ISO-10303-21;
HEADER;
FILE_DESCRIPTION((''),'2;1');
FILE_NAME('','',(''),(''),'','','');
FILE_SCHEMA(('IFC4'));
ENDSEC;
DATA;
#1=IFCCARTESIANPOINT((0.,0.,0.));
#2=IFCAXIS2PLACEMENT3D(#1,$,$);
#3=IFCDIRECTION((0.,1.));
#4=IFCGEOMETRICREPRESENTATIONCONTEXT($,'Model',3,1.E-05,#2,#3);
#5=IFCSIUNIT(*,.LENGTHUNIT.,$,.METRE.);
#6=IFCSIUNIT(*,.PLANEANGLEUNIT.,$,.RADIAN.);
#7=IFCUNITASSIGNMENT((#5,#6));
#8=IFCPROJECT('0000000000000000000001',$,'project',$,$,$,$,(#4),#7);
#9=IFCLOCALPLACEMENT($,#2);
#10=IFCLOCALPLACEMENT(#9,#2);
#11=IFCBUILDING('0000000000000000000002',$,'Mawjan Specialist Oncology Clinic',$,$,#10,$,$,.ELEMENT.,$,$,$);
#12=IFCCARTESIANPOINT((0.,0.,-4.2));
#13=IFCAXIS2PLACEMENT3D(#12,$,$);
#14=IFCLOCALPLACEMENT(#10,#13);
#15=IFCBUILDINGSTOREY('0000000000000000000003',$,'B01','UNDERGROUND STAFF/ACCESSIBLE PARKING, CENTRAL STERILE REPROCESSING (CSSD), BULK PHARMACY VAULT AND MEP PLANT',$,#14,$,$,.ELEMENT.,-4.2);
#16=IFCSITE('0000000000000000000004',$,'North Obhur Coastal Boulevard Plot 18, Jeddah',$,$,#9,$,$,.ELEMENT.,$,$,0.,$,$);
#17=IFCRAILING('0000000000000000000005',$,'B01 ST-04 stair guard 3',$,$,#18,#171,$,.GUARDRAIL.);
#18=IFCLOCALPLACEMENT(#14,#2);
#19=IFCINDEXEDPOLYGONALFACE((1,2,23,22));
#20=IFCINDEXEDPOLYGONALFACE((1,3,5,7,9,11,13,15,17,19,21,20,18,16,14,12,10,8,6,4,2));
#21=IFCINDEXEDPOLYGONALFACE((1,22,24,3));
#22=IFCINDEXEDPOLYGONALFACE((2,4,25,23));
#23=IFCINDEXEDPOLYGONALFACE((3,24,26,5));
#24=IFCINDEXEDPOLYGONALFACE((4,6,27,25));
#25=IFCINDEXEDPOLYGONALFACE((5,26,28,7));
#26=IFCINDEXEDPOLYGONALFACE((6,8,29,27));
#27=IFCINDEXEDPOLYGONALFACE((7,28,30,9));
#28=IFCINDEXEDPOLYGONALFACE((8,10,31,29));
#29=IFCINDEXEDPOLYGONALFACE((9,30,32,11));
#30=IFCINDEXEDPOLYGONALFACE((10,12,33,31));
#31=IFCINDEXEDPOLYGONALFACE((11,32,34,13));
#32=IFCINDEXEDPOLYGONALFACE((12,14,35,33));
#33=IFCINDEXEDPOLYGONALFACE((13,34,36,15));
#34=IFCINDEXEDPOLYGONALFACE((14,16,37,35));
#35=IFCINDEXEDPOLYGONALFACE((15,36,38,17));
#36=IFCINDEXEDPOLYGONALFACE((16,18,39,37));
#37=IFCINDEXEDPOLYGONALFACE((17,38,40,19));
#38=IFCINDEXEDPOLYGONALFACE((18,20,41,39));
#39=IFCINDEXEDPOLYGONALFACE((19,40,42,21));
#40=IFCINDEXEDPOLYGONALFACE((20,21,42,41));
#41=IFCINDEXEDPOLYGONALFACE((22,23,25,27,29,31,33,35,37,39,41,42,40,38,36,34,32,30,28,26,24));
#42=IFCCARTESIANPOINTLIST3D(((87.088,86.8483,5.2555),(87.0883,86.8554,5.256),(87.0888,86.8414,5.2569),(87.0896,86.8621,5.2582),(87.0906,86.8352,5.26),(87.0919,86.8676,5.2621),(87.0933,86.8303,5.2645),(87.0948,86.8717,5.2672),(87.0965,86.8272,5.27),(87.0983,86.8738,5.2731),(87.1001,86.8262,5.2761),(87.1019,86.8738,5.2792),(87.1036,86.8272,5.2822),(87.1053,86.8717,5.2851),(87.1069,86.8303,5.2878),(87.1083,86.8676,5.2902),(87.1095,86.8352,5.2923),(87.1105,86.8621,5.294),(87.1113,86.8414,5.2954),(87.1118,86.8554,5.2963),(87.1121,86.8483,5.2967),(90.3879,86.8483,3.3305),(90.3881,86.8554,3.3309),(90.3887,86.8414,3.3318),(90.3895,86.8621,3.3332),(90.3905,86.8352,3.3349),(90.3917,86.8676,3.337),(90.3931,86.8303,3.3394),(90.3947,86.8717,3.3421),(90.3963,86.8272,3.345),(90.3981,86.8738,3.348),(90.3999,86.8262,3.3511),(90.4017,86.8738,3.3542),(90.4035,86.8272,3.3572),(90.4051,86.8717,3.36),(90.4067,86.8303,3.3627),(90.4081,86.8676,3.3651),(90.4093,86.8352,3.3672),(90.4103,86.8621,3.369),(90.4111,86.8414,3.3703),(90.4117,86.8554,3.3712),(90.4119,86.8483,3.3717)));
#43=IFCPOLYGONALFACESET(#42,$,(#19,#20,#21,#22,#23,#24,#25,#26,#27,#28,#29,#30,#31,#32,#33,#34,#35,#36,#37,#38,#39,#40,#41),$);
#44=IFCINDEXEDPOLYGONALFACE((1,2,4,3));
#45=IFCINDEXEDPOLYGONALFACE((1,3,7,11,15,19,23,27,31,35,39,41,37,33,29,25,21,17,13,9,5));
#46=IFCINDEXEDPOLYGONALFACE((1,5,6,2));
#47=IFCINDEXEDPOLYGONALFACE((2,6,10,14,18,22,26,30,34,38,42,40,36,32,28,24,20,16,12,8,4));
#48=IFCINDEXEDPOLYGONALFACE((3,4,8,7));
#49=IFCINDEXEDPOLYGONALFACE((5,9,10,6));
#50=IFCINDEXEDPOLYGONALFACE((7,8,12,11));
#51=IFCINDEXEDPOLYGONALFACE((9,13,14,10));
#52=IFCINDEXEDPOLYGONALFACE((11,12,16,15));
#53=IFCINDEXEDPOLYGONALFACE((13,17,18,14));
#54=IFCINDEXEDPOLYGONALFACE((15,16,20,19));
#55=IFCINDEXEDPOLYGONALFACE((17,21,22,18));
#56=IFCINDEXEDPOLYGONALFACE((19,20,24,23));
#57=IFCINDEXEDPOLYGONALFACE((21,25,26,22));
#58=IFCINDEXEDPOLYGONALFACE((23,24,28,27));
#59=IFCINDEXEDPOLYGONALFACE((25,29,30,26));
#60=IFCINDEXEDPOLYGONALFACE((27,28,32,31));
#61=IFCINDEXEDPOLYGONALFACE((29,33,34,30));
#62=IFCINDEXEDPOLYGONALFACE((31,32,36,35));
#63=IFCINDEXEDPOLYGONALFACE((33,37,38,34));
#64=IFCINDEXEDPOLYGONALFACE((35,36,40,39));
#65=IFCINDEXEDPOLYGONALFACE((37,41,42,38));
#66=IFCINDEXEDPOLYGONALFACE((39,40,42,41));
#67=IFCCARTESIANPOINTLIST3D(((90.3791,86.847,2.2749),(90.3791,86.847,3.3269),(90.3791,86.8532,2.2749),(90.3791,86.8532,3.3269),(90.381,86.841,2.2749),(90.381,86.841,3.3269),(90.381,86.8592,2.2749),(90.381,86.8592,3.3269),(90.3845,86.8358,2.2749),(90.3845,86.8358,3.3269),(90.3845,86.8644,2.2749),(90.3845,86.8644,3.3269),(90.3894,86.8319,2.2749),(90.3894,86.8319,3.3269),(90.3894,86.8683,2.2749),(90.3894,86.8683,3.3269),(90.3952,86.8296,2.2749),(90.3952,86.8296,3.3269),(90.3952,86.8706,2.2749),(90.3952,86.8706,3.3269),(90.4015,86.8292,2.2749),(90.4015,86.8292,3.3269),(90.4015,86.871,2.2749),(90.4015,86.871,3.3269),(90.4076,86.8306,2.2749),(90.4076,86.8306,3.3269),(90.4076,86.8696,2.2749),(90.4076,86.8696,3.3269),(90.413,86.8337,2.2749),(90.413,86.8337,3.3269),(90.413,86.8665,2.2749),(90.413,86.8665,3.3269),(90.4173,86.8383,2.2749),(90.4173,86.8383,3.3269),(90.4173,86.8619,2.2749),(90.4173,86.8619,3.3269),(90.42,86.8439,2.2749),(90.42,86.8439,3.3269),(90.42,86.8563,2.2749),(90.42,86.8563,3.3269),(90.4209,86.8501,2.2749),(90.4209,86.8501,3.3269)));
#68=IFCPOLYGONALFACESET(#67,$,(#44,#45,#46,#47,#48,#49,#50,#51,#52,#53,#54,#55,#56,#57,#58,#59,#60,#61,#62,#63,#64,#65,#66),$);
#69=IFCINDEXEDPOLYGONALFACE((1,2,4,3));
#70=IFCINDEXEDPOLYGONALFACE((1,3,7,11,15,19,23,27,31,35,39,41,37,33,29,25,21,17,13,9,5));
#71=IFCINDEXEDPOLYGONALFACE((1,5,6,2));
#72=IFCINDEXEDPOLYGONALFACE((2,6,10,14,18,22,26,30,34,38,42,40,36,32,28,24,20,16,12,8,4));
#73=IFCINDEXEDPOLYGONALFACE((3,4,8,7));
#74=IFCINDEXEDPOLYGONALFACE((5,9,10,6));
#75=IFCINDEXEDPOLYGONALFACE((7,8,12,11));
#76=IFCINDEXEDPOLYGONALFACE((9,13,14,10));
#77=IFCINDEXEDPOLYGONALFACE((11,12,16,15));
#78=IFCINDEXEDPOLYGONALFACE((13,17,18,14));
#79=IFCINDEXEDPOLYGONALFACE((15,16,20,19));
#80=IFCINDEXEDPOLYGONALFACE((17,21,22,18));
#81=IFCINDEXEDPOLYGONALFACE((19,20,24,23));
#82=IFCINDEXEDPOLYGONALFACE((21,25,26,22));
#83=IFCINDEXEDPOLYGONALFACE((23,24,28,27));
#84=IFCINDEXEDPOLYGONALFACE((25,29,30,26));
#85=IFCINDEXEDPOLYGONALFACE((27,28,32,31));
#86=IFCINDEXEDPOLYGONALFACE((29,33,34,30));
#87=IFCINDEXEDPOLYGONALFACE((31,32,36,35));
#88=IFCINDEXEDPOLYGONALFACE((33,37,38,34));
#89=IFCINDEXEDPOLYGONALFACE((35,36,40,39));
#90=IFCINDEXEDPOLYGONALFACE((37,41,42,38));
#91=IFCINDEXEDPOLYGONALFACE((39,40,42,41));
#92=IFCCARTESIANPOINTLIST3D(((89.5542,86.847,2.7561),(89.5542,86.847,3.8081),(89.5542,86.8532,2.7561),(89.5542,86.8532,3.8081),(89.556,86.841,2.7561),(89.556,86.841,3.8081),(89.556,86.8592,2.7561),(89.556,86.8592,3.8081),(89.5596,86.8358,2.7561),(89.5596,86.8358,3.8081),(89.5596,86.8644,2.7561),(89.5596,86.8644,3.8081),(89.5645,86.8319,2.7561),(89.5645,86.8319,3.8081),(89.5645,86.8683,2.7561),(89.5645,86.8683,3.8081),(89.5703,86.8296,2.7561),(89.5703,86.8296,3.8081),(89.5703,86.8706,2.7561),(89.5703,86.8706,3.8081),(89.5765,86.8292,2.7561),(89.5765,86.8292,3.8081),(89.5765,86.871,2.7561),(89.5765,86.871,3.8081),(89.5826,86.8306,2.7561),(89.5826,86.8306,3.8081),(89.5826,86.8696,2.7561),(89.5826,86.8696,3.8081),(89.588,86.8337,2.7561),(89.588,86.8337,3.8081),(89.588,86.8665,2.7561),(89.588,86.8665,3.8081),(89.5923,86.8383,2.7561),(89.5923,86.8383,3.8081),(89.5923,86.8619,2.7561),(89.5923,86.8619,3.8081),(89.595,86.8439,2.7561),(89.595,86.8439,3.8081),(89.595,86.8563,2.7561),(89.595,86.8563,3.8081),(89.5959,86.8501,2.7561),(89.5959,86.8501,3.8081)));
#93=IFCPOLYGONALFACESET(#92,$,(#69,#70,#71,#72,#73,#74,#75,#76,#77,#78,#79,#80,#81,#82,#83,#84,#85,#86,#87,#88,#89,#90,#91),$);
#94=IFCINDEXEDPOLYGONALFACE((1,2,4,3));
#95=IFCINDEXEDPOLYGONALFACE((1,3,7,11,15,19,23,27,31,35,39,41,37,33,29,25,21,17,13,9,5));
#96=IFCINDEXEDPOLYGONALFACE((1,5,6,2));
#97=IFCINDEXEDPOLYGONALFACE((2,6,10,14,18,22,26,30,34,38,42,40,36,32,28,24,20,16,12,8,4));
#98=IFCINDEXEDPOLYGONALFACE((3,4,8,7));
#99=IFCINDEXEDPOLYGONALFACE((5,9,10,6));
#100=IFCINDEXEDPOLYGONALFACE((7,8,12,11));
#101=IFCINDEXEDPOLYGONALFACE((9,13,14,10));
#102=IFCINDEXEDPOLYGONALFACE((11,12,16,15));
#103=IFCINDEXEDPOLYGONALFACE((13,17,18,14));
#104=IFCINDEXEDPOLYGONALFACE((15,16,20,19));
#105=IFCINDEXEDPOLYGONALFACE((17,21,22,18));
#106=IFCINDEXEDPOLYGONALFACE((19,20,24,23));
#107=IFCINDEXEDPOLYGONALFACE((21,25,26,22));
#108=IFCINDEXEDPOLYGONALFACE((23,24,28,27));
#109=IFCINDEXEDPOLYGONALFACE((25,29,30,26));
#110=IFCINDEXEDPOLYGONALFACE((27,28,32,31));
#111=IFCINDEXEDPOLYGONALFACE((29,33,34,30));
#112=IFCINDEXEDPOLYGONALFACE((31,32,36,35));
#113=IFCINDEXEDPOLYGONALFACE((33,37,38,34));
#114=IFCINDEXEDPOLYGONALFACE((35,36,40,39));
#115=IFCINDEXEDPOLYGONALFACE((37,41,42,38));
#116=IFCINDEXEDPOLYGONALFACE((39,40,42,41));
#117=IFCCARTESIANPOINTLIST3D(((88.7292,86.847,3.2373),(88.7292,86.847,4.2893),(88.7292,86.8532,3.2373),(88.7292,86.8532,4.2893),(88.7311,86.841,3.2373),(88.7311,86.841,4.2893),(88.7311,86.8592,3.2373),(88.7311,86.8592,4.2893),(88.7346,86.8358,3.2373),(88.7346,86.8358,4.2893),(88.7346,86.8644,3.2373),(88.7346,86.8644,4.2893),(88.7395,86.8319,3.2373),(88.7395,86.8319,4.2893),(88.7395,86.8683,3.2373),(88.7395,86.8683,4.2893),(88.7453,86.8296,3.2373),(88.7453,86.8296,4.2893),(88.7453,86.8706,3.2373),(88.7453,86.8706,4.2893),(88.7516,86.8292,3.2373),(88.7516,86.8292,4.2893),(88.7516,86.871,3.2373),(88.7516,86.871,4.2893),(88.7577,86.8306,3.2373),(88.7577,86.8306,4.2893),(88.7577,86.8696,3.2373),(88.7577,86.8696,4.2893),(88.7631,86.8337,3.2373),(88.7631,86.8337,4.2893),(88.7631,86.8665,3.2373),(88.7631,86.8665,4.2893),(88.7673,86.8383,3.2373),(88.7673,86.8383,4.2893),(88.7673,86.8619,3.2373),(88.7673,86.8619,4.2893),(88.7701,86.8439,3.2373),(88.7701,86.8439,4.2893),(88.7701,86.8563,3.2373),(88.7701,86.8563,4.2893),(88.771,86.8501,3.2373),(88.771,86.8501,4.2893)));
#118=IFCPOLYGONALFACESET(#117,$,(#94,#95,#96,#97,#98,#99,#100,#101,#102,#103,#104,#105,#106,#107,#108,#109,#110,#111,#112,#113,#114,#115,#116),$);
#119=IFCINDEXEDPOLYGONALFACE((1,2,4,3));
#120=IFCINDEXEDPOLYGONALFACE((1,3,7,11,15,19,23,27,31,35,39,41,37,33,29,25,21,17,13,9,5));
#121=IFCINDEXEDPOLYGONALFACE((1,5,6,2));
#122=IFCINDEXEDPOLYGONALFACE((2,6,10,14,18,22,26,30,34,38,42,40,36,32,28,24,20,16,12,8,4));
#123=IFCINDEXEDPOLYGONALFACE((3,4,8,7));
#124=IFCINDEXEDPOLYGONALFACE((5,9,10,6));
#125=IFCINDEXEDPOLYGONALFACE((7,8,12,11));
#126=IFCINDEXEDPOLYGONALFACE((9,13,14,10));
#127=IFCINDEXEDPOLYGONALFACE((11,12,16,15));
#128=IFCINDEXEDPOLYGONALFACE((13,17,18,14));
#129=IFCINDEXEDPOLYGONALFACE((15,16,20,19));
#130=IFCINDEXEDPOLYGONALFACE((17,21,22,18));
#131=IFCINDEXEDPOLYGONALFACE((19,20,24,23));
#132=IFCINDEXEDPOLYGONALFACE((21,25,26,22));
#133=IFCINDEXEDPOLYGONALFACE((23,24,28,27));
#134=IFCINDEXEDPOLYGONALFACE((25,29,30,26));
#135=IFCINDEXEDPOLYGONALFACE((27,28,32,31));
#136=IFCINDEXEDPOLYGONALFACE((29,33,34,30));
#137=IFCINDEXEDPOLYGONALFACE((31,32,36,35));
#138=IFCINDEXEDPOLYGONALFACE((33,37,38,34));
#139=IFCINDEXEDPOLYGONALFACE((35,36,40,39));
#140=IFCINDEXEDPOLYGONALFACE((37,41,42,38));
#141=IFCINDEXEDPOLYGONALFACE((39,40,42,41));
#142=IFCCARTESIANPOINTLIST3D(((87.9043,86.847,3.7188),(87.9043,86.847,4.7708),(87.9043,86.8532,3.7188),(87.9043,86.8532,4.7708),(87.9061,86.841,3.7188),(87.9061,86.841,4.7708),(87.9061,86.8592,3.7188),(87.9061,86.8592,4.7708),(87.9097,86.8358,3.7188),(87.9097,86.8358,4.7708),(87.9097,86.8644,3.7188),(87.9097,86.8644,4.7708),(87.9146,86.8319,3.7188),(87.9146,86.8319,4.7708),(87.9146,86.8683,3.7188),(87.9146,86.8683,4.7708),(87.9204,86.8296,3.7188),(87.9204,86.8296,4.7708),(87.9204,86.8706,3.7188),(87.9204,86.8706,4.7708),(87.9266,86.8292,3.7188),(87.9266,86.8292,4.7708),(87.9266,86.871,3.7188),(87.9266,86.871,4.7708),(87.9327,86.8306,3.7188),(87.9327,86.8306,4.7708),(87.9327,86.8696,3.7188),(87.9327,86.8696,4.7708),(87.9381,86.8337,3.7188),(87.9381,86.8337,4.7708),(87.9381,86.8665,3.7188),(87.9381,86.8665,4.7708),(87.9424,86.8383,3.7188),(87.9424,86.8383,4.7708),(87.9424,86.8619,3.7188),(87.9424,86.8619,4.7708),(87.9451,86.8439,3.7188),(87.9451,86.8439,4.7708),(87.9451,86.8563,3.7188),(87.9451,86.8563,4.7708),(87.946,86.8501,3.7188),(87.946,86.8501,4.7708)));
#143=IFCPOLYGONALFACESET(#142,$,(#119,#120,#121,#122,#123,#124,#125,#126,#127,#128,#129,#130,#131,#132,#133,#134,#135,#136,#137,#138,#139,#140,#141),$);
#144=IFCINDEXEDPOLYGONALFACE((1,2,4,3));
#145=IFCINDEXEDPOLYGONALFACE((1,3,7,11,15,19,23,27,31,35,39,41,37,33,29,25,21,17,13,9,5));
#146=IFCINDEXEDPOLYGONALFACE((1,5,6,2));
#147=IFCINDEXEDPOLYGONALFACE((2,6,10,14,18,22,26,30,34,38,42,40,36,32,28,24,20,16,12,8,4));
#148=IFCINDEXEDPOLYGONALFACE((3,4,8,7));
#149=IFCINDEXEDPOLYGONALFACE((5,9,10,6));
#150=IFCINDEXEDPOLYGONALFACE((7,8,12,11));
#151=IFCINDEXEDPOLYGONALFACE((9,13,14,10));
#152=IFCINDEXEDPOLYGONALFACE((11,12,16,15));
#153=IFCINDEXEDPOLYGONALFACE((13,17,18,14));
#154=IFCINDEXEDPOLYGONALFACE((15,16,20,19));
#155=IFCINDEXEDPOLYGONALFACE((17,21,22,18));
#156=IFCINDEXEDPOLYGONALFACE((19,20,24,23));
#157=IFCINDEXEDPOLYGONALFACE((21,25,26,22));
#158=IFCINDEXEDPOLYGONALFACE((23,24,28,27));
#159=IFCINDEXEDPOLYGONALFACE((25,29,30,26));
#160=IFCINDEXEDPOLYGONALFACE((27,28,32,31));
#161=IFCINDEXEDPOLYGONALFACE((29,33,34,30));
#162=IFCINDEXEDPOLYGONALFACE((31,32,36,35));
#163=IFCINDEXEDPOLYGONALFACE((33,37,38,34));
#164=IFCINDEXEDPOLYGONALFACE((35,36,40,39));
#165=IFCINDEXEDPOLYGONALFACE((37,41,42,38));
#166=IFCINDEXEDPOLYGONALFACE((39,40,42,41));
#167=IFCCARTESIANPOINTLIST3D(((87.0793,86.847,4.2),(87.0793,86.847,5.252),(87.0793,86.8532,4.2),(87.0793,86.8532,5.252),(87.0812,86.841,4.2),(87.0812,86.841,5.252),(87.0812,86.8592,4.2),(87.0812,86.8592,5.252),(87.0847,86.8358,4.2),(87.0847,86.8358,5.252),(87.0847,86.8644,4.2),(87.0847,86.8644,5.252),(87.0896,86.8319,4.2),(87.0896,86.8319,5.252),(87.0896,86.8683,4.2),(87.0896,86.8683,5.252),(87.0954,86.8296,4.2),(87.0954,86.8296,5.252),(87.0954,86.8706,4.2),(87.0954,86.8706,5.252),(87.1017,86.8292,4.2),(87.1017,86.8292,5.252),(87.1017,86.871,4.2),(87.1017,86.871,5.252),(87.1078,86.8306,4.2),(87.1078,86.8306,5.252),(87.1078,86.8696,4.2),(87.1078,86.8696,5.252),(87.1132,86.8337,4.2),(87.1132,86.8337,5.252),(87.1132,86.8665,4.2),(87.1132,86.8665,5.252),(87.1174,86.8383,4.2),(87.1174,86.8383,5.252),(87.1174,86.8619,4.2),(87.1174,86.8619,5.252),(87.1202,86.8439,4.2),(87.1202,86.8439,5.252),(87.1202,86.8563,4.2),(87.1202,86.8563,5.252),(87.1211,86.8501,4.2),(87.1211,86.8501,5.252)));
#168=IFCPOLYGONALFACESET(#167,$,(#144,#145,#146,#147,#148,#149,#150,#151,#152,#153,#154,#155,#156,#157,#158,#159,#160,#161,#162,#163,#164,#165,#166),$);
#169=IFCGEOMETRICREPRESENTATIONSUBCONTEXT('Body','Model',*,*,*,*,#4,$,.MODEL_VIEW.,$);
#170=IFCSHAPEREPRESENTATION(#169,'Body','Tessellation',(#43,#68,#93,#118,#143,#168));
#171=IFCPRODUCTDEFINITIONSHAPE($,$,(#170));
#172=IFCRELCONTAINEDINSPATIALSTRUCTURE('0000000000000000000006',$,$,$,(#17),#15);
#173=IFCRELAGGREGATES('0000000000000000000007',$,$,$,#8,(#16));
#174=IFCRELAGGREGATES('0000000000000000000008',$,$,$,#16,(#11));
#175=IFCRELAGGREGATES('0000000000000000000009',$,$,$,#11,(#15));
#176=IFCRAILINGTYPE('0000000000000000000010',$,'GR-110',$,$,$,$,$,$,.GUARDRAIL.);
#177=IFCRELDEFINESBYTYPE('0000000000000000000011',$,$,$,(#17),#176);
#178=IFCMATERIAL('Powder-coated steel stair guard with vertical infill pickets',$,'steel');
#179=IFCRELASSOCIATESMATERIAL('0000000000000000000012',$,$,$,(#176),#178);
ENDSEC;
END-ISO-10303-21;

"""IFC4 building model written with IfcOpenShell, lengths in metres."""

from ifc_helpers import new_model, si_unit, direction, frame, origin, origin_2d, place, context, subcontext, project, spatial, circle, extrude, material, type_object, element, save


model = new_model("IFC4")

# Units and contexts
model_context = context("Model", 3, precision=1e-05, world=origin(), true_north=direction((0.0, 1.0)))
body_context = subcontext(model_context, "Body", "Model", "MODEL_VIEW")
ifc_project = project(units=[si_unit("LENGTHUNIT", "METRE"), si_unit("PLANEANGLEUNIT", "RADIAN")], contexts=[model_context])

# Site, building, storey
site_placement = place(None, origin())
site = spatial("IfcSite", under=ifc_project, at=site_placement, Name="North Obhur Coastal Boulevard Plot 18, Jeddah", CompositionType="ELEMENT", RefElevation=0.0)
building_placement = place(site_placement, origin())
building = spatial("IfcBuilding", under=site, at=building_placement, Name="Mawjan Specialist Oncology Clinic", CompositionType="ELEMENT")
storey_placement = place(building_placement, frame((0.0, 0.0, -4.2)))
storey = spatial("IfcBuildingStorey", under=building, at=storey_placement, Name="B01", Description="UNDERGROUND STAFF/ACCESSIBLE PARKING, CENTRAL STERILE REPROCESSING (CSSD), BULK PHARMACY VAULT AND MEP PLANT", CompositionType="ELEMENT", Elevation=-4.2)

# Railing
ifc_material_1 = material(Name="Powder-coated steel stair guard with vertical infill pickets", Category="steel")
railing_type_1 = type_object("IfcRailingType", Name="GR-110", PredefinedType="GUARDRAIL", material=ifc_material_1)
railing_1_placement = place(storey_placement, frame((90.3999, 86.8501, 2.2749)))
element("IfcRailing", 1, at=railing_1_placement, inside=storey, type_object=railing_type_1, Name="B01 ST-04 stair guard 3", PredefinedType="GUARDRAIL", context=body_context, shape_type="SweptSolid", body=[
    extrude(circle(Radius=0.0239, at=origin_2d()), frame((0.0, 0.0, 1.0762), z_axis=(-0.86376, 0.0, 0.503903), x_axis=(0.0, -1.0, 0.0)), (0.0, 0.0, 1.0), 3.8203),
    extrude(circle(Radius=0.021, at=origin_2d()), origin(), (0.0, 0.0, 1.0), 1.052),
    extrude(circle(Radius=0.021, at=origin_2d()), frame((-0.825, 0.0, 0.4812)), (0.0, 0.0, 1.0), 1.052),
    extrude(circle(Radius=0.021, at=origin_2d()), frame((-1.6499, 0.0, 0.9624)), (0.0, 0.0, 1.0), 1.052),
    extrude(circle(Radius=0.021, at=origin_2d()), frame((-2.4749, 0.0, 1.4438)), (0.0, 0.0, 1.0), 1.052),
    extrude(circle(Radius=0.021, at=origin_2d()), frame((-3.2998, 0.0, 1.925)), (0.0, 0.0, 1.0), 1.052),
])

save(model, "model.ifc")
